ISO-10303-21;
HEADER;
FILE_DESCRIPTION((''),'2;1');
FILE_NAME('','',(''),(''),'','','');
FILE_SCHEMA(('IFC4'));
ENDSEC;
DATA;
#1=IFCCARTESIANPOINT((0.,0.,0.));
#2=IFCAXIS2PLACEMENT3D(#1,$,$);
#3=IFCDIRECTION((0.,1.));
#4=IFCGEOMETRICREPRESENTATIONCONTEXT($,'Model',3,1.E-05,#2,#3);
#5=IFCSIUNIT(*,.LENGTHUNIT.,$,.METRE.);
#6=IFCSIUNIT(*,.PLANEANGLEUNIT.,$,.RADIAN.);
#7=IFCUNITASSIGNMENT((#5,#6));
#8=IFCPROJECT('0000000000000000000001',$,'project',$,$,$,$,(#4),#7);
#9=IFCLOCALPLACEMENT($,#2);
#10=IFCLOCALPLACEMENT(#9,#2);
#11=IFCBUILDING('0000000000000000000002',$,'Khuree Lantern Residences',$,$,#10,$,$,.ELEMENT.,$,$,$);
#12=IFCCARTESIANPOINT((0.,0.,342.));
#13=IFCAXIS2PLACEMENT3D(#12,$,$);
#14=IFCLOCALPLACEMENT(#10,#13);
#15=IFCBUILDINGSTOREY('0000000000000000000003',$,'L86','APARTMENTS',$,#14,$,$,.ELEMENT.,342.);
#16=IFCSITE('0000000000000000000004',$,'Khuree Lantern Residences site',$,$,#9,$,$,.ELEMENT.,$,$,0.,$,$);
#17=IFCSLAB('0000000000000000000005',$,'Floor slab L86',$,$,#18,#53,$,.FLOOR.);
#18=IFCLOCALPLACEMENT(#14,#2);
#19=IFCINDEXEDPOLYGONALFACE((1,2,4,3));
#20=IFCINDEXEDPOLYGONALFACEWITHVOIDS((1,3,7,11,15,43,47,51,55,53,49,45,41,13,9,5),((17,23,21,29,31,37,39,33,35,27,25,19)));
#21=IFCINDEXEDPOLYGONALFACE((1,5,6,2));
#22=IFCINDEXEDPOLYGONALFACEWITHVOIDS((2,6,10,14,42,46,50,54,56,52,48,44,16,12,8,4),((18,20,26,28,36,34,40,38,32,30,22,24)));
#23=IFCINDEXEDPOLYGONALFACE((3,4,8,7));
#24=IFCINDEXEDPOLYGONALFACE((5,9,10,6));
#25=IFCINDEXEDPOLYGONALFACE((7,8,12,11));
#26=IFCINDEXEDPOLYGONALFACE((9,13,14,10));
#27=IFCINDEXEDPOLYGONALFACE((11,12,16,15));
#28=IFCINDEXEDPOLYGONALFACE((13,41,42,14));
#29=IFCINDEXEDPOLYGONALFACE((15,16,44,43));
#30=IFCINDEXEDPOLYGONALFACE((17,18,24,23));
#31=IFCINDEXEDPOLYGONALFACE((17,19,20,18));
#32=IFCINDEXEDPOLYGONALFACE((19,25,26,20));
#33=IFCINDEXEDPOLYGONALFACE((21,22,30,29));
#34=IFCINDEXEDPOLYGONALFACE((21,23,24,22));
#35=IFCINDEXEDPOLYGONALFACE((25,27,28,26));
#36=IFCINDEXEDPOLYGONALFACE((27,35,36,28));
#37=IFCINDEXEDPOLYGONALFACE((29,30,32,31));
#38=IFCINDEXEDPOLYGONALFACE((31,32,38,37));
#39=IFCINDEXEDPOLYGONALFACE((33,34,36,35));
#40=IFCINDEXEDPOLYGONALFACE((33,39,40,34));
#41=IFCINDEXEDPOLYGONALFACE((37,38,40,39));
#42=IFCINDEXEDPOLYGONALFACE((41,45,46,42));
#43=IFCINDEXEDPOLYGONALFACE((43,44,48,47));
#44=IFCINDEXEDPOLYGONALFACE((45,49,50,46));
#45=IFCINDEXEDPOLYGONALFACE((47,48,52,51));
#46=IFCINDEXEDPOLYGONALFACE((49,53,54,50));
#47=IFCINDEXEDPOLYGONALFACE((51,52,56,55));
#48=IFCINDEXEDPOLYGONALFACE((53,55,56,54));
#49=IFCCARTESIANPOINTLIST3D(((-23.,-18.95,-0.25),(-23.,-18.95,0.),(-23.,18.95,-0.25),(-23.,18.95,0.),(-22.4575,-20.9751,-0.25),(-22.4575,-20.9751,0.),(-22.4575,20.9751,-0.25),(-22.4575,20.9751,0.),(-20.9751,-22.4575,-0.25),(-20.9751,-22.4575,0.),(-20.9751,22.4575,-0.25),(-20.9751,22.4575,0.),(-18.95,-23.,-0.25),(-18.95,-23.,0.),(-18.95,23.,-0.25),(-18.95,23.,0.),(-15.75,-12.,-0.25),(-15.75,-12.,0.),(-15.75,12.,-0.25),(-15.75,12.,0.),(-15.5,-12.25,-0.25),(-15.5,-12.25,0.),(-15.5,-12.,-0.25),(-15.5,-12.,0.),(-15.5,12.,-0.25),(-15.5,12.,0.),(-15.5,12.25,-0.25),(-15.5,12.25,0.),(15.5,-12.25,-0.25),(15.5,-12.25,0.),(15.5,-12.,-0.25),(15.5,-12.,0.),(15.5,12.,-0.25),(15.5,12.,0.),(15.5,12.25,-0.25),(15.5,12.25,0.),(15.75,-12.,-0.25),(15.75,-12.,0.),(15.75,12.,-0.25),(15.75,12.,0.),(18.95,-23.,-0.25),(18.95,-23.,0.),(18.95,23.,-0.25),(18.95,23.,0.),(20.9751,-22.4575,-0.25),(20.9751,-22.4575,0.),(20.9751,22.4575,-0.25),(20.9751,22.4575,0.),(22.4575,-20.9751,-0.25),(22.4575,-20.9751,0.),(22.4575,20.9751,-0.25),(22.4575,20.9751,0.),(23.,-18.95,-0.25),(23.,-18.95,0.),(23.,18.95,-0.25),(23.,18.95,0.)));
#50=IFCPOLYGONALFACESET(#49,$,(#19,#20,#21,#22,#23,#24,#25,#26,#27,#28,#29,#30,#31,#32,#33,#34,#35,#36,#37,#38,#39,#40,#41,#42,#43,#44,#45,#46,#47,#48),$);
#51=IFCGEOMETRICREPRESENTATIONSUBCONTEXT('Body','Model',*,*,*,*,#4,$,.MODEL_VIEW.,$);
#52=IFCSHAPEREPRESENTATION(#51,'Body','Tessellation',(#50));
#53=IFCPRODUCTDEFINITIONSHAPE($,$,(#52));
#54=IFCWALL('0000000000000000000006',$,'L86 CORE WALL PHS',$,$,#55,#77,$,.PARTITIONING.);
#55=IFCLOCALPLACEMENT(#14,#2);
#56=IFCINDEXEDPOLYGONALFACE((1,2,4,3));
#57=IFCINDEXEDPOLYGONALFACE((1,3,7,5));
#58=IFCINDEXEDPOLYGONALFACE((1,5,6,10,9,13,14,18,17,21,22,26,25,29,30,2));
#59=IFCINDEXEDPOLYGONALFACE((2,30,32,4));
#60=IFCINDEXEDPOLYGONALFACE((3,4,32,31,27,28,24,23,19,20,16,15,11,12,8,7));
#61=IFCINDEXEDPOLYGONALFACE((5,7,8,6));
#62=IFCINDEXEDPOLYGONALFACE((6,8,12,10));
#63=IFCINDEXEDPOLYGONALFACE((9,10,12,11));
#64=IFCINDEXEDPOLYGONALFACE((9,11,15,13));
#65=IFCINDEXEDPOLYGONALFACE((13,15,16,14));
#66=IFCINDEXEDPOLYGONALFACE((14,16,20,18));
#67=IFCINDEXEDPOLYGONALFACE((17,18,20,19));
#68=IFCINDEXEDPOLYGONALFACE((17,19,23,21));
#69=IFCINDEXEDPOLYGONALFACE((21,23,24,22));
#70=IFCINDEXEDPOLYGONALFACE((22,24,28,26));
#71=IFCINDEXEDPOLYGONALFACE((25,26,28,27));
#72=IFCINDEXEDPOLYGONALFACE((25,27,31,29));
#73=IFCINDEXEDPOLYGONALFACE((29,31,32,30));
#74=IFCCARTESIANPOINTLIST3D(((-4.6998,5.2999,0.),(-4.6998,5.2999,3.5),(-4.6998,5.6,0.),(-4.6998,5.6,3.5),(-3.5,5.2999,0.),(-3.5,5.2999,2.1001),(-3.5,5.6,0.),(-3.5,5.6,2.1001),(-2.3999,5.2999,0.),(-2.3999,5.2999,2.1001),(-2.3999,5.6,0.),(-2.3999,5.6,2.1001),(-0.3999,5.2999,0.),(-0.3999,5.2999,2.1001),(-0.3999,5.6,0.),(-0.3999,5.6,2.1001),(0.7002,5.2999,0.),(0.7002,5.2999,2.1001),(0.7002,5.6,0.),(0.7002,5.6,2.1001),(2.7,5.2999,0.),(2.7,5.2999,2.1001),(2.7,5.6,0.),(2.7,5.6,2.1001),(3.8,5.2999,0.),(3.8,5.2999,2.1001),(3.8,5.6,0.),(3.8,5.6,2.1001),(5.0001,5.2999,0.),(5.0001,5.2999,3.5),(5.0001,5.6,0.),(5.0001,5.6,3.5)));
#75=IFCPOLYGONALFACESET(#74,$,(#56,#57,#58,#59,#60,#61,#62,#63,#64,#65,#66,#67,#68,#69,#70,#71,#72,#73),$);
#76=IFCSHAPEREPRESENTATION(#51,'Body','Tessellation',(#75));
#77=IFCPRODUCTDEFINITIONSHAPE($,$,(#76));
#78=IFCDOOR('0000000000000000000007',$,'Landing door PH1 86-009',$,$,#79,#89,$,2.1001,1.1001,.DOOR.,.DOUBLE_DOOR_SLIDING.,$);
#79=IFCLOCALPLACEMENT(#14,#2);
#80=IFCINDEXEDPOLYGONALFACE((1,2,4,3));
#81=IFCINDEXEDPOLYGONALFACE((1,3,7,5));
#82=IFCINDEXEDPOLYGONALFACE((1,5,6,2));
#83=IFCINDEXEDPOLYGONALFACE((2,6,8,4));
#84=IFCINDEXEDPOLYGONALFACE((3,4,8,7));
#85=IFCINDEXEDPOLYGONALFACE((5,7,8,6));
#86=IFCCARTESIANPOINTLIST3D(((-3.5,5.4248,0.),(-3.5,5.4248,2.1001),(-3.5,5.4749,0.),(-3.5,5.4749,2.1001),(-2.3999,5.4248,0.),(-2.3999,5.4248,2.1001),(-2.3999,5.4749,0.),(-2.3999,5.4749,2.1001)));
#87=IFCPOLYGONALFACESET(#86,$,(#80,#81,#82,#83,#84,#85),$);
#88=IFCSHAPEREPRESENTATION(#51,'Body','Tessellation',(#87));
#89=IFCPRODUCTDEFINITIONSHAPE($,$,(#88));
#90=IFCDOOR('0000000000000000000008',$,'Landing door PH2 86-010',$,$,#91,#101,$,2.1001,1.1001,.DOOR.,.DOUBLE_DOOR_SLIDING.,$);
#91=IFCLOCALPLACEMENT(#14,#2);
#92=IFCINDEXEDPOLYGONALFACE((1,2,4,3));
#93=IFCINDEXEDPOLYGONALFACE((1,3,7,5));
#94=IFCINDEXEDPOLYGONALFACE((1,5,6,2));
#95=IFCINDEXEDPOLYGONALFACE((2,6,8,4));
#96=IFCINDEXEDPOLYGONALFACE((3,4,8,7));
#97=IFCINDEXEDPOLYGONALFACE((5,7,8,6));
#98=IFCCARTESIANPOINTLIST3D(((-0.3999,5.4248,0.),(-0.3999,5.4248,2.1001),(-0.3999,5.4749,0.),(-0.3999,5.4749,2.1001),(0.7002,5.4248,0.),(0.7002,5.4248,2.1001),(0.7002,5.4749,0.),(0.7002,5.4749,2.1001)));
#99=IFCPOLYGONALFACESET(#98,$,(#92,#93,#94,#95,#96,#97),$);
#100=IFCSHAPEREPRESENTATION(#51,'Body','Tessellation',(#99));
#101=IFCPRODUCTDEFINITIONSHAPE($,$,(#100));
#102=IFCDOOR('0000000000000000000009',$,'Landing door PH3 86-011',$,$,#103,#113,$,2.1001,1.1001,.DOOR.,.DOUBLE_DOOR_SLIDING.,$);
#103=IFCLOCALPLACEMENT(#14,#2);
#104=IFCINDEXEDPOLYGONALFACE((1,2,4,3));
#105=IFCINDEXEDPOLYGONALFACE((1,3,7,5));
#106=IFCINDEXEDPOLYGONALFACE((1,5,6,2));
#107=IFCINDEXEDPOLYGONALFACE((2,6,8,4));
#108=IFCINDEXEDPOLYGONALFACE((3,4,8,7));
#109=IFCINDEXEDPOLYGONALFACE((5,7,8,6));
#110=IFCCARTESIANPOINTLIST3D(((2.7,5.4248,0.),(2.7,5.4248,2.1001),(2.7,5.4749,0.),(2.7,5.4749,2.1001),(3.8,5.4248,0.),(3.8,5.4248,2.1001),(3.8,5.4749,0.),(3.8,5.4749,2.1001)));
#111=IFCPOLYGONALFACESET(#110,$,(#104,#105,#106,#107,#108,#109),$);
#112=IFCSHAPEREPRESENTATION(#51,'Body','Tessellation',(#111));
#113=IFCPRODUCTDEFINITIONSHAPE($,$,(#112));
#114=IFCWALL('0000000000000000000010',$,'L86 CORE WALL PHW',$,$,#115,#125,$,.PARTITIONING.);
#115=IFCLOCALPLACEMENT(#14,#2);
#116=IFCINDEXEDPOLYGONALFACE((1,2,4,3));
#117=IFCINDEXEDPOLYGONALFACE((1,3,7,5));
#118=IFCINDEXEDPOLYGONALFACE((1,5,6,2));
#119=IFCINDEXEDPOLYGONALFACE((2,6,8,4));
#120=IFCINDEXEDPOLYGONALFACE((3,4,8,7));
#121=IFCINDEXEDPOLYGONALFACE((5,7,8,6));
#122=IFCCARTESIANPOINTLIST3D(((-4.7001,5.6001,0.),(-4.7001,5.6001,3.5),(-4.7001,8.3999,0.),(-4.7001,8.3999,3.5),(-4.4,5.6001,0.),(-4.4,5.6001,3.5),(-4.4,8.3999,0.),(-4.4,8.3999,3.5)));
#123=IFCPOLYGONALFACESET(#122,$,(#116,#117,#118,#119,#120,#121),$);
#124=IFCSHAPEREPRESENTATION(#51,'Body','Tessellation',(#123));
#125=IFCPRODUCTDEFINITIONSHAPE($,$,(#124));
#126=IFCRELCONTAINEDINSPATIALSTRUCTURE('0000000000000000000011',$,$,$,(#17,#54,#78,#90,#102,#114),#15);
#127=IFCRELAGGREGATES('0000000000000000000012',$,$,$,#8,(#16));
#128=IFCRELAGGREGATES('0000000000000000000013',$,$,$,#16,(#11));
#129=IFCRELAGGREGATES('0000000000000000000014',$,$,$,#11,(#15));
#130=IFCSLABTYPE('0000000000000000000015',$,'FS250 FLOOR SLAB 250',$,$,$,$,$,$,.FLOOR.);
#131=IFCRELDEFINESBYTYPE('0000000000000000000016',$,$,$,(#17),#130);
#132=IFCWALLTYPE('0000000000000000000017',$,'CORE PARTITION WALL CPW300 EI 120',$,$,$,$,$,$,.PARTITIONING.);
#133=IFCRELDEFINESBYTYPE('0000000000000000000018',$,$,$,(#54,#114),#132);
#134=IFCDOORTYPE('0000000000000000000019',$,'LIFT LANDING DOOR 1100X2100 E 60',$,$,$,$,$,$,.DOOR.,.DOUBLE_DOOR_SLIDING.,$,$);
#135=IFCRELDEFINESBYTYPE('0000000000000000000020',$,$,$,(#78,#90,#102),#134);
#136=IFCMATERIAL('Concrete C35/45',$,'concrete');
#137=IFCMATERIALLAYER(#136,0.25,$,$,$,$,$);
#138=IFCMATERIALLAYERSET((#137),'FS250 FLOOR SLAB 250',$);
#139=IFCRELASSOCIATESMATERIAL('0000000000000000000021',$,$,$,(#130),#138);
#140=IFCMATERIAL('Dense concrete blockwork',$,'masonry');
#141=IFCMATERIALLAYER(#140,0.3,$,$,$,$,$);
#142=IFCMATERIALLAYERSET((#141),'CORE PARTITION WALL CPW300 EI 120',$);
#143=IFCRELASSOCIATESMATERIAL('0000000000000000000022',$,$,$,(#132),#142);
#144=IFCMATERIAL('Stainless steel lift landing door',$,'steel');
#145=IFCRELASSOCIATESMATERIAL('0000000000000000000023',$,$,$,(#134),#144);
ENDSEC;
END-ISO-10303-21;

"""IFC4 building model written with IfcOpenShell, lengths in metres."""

from ifc_helpers import new_model, si_unit, direction, frame, frame_2d, origin, place, context, subcontext, project, spatial, polyline, rectangle, outline, extrude, material, layer, layer_set, type_object, element, fill, save


model = new_model("IFC4")

# Units and contexts
model_context = context("Model", 3, precision=1e-05, world=origin(), true_north=direction((0.0, 1.0)))
body_context = subcontext(model_context, "Body", "Model", "MODEL_VIEW")
ifc_project = project(units=[si_unit("LENGTHUNIT", "METRE"), si_unit("PLANEANGLEUNIT", "RADIAN")], contexts=[model_context])

# Site, building, storey
site_placement = place(None, origin())
site = spatial("IfcSite", under=ifc_project, at=site_placement, Name="Khuree Lantern Residences site", CompositionType="ELEMENT", RefElevation=0.0)
building_placement = place(site_placement, origin())
building = spatial("IfcBuilding", under=site, at=building_placement, Name="Khuree Lantern Residences", CompositionType="ELEMENT")
storey_placement = place(building_placement, frame((0.0, 0.0, 342.0)))
storey = spatial("IfcBuildingStorey", under=building, at=storey_placement, Name="L86", Description="APARTMENTS", CompositionType="ELEMENT", Elevation=342.0)

# Slab
ifc_material_1 = material(Name="Concrete C35/45", Category="concrete")
ifc_layer_1 = layer(ifc_material_1, 0.25)
ifc_layer_set_1 = layer_set([ifc_layer_1], Name="FS250 FLOOR SLAB 250")
slab_type_1 = type_object("IfcSlabType", Name="FS250 FLOOR SLAB 250", PredefinedType="FLOOR", material=ifc_layer_set_1)
slab_1_placement = place(storey_placement, frame((0.0, 0.0, -0.25)))
element("IfcSlab", 1, at=slab_1_placement, inside=storey, type_object=slab_type_1, Name="Floor slab L86", PredefinedType="FLOOR", context=body_context, shape_type="SweptSolid", body=[
    extrude(outline(polyline([(-20.9751, -22.4575), (-22.4575, -20.9751), (-23.0, -18.95), (-23.0, 18.95), (-22.4575, 20.9751), (-20.9751, 22.4575), (-18.95, 23.0), (18.95, 23.0), (20.9751, 22.4575), (22.4575, 20.9751), (23.0, 18.95), (23.0, -18.95), (22.4575, -20.9751), (20.9751, -22.4575), (18.95, -23.0), (-18.95, -23.0), (-20.9751, -22.4575)]), holes=[polyline([(15.75, 12.0), (15.5, 12.0), (15.5, 12.25), (-15.5, 12.25), (-15.5, 12.0), (-15.75, 12.0), (-15.75, -12.0), (-15.5, -12.0), (-15.5, -12.25), (15.5, -12.25), (15.5, -12.0), (15.75, -12.0), (15.75, 12.0)])]), origin(), (0.0, 0.0, 1.0), 0.25),
])

# Wall, openings, doors
ifc_material_2 = material(Name="Dense concrete blockwork", Category="masonry")
ifc_layer_2 = layer(ifc_material_2, 0.3)
ifc_layer_set_2 = layer_set([ifc_layer_2], Name="CORE PARTITION WALL CPW300 EI 120")
wall_type_1 = type_object("IfcWallType", Name="CORE PARTITION WALL CPW300 EI 120", PredefinedType="PARTITIONING", material=ifc_layer_set_2)
wall_1_placement = place(storey_placement, frame((-4.7, 5.45, 0.0), z_axis=(0.0, 0.0, 1.0), x_axis=(1.0, 0.0, 0.0)))
wall_1 = element("IfcWall", 2, at=wall_1_placement, inside=storey, type_object=wall_type_1, Name="L86 CORE WALL PHS", PredefinedType="PARTITIONING", context=body_context, shape_type="SweptSolid", body=[
    extrude(rectangle(XDim=9.7, YDim=0.3, at=frame_2d((4.8501, 0.0))), origin(), (0.0, 0.0, 1.0), 3.5),
])
opening_1_placement = place(wall_1_placement, frame((1.2, 0.0, 0.0)))
opening_1 = element("IfcOpeningElement", 3, at=opening_1_placement, cuts=wall_1, PredefinedType="OPENING", context=body_context, shape_type="SweptSolid", body=[
    extrude(rectangle(XDim=1.1001, YDim=2.1001, at=frame_2d((0.55, 1.05))), frame((0.0, 0.1602, 0.0), z_axis=(0.0, -1.0, 0.0), x_axis=(1.0, 0.0, 0.0)), (0.0, 0.0, 1.0), 0.3201),
])
opening_2_placement = place(wall_1_placement, frame((4.3, 0.0, 0.0)))
opening_2 = element("IfcOpeningElement", 4, at=opening_2_placement, cuts=wall_1, PredefinedType="OPENING", context=body_context, shape_type="SweptSolid", body=[
    extrude(rectangle(XDim=1.1001, YDim=2.1001, at=frame_2d((0.55, 1.05))), frame((0.0, 0.1602, 0.0), z_axis=(0.0, -1.0, 0.0), x_axis=(1.0, 0.0, 0.0)), (0.0, 0.0, 1.0), 0.3201),
])
opening_3_placement = place(wall_1_placement, frame((7.3999, 0.0, 0.0)))
opening_3 = element("IfcOpeningElement", 5, at=opening_3_placement, cuts=wall_1, PredefinedType="OPENING", context=body_context, shape_type="SweptSolid", body=[
    extrude(rectangle(XDim=1.1001, YDim=2.1001, at=frame_2d((0.55, 1.05))), frame((0.0, 0.1602, 0.0), z_axis=(0.0, -1.0, 0.0), x_axis=(1.0, 0.0, 0.0)), (0.0, 0.0, 1.0), 0.3201),
])
ifc_material_3 = material(Name="Stainless steel lift landing door", Category="steel")
door_type_1 = type_object("IfcDoorType", Name="LIFT LANDING DOOR 1100X2100 E 60", OperationType="DOUBLE_DOOR_SLIDING", PredefinedType="DOOR", material=ifc_material_3)
door_1_placement = place(opening_1_placement, origin())
door_1 = element("IfcDoor", 6, at=door_1_placement, inside=storey, type_object=door_type_1, Name="Landing door PH1 86-009", OperationType="DOUBLE_DOOR_SLIDING", OverallHeight=2.1001, OverallWidth=1.1001, PredefinedType="DOOR", context=body_context, shape_type="SweptSolid", body=[
    extrude(rectangle(XDim=1.1001, YDim=2.1001, at=frame_2d((0.55, 1.05))), frame((0.0, 0.0249, 0.0), z_axis=(0.0, -1.0, 0.0), x_axis=(1.0, 0.0, 0.0)), (0.0, 0.0, 1.0), 0.05),
])
fill(opening_1, door_1)
door_2_placement = place(opening_2_placement, origin())
door_2 = element("IfcDoor", 7, at=door_2_placement, inside=storey, type_object=door_type_1, Name="Landing door PH2 86-010", OperationType="DOUBLE_DOOR_SLIDING", OverallHeight=2.1001, OverallWidth=1.1001, PredefinedType="DOOR", context=body_context, shape_type="SweptSolid", body=[
    extrude(rectangle(XDim=1.1001, YDim=2.1001, at=frame_2d((0.55, 1.05))), frame((0.0, 0.0249, 0.0), z_axis=(0.0, -1.0, 0.0), x_axis=(1.0, 0.0, 0.0)), (0.0, 0.0, 1.0), 0.05),
])
fill(opening_2, door_2)
door_3_placement = place(opening_3_placement, origin())
door_3 = element("IfcDoor", 8, at=door_3_placement, inside=storey, type_object=door_type_1, Name="Landing door PH3 86-011", OperationType="DOUBLE_DOOR_SLIDING", OverallHeight=2.1001, OverallWidth=1.1001, PredefinedType="DOOR", context=body_context, shape_type="SweptSolid", body=[
    extrude(rectangle(XDim=1.1001, YDim=2.1001, at=frame_2d((0.55, 1.05))), frame((0.0, 0.0249, 0.0), z_axis=(0.0, -1.0, 0.0), x_axis=(1.0, 0.0, 0.0)), (0.0, 0.0, 1.0), 0.05),
])
fill(opening_3, door_3)

# Wall
wall_2_placement = place(storey_placement, frame((-4.55, 5.6001, 0.0), z_axis=(0.0, 0.0, 1.0), x_axis=(0.0, 1.0, 0.0)))
element("IfcWall", 9, at=wall_2_placement, inside=storey, type_object=wall_type_1, Name="L86 CORE WALL PHW", PredefinedType="PARTITIONING", context=body_context, shape_type="SweptSolid", body=[
    extrude(rectangle(XDim=2.7998, YDim=0.3, at=frame_2d((1.3999, 0.0))), origin(), (0.0, 0.0, 1.0), 3.5),
])

save(model, "model.ifc")
